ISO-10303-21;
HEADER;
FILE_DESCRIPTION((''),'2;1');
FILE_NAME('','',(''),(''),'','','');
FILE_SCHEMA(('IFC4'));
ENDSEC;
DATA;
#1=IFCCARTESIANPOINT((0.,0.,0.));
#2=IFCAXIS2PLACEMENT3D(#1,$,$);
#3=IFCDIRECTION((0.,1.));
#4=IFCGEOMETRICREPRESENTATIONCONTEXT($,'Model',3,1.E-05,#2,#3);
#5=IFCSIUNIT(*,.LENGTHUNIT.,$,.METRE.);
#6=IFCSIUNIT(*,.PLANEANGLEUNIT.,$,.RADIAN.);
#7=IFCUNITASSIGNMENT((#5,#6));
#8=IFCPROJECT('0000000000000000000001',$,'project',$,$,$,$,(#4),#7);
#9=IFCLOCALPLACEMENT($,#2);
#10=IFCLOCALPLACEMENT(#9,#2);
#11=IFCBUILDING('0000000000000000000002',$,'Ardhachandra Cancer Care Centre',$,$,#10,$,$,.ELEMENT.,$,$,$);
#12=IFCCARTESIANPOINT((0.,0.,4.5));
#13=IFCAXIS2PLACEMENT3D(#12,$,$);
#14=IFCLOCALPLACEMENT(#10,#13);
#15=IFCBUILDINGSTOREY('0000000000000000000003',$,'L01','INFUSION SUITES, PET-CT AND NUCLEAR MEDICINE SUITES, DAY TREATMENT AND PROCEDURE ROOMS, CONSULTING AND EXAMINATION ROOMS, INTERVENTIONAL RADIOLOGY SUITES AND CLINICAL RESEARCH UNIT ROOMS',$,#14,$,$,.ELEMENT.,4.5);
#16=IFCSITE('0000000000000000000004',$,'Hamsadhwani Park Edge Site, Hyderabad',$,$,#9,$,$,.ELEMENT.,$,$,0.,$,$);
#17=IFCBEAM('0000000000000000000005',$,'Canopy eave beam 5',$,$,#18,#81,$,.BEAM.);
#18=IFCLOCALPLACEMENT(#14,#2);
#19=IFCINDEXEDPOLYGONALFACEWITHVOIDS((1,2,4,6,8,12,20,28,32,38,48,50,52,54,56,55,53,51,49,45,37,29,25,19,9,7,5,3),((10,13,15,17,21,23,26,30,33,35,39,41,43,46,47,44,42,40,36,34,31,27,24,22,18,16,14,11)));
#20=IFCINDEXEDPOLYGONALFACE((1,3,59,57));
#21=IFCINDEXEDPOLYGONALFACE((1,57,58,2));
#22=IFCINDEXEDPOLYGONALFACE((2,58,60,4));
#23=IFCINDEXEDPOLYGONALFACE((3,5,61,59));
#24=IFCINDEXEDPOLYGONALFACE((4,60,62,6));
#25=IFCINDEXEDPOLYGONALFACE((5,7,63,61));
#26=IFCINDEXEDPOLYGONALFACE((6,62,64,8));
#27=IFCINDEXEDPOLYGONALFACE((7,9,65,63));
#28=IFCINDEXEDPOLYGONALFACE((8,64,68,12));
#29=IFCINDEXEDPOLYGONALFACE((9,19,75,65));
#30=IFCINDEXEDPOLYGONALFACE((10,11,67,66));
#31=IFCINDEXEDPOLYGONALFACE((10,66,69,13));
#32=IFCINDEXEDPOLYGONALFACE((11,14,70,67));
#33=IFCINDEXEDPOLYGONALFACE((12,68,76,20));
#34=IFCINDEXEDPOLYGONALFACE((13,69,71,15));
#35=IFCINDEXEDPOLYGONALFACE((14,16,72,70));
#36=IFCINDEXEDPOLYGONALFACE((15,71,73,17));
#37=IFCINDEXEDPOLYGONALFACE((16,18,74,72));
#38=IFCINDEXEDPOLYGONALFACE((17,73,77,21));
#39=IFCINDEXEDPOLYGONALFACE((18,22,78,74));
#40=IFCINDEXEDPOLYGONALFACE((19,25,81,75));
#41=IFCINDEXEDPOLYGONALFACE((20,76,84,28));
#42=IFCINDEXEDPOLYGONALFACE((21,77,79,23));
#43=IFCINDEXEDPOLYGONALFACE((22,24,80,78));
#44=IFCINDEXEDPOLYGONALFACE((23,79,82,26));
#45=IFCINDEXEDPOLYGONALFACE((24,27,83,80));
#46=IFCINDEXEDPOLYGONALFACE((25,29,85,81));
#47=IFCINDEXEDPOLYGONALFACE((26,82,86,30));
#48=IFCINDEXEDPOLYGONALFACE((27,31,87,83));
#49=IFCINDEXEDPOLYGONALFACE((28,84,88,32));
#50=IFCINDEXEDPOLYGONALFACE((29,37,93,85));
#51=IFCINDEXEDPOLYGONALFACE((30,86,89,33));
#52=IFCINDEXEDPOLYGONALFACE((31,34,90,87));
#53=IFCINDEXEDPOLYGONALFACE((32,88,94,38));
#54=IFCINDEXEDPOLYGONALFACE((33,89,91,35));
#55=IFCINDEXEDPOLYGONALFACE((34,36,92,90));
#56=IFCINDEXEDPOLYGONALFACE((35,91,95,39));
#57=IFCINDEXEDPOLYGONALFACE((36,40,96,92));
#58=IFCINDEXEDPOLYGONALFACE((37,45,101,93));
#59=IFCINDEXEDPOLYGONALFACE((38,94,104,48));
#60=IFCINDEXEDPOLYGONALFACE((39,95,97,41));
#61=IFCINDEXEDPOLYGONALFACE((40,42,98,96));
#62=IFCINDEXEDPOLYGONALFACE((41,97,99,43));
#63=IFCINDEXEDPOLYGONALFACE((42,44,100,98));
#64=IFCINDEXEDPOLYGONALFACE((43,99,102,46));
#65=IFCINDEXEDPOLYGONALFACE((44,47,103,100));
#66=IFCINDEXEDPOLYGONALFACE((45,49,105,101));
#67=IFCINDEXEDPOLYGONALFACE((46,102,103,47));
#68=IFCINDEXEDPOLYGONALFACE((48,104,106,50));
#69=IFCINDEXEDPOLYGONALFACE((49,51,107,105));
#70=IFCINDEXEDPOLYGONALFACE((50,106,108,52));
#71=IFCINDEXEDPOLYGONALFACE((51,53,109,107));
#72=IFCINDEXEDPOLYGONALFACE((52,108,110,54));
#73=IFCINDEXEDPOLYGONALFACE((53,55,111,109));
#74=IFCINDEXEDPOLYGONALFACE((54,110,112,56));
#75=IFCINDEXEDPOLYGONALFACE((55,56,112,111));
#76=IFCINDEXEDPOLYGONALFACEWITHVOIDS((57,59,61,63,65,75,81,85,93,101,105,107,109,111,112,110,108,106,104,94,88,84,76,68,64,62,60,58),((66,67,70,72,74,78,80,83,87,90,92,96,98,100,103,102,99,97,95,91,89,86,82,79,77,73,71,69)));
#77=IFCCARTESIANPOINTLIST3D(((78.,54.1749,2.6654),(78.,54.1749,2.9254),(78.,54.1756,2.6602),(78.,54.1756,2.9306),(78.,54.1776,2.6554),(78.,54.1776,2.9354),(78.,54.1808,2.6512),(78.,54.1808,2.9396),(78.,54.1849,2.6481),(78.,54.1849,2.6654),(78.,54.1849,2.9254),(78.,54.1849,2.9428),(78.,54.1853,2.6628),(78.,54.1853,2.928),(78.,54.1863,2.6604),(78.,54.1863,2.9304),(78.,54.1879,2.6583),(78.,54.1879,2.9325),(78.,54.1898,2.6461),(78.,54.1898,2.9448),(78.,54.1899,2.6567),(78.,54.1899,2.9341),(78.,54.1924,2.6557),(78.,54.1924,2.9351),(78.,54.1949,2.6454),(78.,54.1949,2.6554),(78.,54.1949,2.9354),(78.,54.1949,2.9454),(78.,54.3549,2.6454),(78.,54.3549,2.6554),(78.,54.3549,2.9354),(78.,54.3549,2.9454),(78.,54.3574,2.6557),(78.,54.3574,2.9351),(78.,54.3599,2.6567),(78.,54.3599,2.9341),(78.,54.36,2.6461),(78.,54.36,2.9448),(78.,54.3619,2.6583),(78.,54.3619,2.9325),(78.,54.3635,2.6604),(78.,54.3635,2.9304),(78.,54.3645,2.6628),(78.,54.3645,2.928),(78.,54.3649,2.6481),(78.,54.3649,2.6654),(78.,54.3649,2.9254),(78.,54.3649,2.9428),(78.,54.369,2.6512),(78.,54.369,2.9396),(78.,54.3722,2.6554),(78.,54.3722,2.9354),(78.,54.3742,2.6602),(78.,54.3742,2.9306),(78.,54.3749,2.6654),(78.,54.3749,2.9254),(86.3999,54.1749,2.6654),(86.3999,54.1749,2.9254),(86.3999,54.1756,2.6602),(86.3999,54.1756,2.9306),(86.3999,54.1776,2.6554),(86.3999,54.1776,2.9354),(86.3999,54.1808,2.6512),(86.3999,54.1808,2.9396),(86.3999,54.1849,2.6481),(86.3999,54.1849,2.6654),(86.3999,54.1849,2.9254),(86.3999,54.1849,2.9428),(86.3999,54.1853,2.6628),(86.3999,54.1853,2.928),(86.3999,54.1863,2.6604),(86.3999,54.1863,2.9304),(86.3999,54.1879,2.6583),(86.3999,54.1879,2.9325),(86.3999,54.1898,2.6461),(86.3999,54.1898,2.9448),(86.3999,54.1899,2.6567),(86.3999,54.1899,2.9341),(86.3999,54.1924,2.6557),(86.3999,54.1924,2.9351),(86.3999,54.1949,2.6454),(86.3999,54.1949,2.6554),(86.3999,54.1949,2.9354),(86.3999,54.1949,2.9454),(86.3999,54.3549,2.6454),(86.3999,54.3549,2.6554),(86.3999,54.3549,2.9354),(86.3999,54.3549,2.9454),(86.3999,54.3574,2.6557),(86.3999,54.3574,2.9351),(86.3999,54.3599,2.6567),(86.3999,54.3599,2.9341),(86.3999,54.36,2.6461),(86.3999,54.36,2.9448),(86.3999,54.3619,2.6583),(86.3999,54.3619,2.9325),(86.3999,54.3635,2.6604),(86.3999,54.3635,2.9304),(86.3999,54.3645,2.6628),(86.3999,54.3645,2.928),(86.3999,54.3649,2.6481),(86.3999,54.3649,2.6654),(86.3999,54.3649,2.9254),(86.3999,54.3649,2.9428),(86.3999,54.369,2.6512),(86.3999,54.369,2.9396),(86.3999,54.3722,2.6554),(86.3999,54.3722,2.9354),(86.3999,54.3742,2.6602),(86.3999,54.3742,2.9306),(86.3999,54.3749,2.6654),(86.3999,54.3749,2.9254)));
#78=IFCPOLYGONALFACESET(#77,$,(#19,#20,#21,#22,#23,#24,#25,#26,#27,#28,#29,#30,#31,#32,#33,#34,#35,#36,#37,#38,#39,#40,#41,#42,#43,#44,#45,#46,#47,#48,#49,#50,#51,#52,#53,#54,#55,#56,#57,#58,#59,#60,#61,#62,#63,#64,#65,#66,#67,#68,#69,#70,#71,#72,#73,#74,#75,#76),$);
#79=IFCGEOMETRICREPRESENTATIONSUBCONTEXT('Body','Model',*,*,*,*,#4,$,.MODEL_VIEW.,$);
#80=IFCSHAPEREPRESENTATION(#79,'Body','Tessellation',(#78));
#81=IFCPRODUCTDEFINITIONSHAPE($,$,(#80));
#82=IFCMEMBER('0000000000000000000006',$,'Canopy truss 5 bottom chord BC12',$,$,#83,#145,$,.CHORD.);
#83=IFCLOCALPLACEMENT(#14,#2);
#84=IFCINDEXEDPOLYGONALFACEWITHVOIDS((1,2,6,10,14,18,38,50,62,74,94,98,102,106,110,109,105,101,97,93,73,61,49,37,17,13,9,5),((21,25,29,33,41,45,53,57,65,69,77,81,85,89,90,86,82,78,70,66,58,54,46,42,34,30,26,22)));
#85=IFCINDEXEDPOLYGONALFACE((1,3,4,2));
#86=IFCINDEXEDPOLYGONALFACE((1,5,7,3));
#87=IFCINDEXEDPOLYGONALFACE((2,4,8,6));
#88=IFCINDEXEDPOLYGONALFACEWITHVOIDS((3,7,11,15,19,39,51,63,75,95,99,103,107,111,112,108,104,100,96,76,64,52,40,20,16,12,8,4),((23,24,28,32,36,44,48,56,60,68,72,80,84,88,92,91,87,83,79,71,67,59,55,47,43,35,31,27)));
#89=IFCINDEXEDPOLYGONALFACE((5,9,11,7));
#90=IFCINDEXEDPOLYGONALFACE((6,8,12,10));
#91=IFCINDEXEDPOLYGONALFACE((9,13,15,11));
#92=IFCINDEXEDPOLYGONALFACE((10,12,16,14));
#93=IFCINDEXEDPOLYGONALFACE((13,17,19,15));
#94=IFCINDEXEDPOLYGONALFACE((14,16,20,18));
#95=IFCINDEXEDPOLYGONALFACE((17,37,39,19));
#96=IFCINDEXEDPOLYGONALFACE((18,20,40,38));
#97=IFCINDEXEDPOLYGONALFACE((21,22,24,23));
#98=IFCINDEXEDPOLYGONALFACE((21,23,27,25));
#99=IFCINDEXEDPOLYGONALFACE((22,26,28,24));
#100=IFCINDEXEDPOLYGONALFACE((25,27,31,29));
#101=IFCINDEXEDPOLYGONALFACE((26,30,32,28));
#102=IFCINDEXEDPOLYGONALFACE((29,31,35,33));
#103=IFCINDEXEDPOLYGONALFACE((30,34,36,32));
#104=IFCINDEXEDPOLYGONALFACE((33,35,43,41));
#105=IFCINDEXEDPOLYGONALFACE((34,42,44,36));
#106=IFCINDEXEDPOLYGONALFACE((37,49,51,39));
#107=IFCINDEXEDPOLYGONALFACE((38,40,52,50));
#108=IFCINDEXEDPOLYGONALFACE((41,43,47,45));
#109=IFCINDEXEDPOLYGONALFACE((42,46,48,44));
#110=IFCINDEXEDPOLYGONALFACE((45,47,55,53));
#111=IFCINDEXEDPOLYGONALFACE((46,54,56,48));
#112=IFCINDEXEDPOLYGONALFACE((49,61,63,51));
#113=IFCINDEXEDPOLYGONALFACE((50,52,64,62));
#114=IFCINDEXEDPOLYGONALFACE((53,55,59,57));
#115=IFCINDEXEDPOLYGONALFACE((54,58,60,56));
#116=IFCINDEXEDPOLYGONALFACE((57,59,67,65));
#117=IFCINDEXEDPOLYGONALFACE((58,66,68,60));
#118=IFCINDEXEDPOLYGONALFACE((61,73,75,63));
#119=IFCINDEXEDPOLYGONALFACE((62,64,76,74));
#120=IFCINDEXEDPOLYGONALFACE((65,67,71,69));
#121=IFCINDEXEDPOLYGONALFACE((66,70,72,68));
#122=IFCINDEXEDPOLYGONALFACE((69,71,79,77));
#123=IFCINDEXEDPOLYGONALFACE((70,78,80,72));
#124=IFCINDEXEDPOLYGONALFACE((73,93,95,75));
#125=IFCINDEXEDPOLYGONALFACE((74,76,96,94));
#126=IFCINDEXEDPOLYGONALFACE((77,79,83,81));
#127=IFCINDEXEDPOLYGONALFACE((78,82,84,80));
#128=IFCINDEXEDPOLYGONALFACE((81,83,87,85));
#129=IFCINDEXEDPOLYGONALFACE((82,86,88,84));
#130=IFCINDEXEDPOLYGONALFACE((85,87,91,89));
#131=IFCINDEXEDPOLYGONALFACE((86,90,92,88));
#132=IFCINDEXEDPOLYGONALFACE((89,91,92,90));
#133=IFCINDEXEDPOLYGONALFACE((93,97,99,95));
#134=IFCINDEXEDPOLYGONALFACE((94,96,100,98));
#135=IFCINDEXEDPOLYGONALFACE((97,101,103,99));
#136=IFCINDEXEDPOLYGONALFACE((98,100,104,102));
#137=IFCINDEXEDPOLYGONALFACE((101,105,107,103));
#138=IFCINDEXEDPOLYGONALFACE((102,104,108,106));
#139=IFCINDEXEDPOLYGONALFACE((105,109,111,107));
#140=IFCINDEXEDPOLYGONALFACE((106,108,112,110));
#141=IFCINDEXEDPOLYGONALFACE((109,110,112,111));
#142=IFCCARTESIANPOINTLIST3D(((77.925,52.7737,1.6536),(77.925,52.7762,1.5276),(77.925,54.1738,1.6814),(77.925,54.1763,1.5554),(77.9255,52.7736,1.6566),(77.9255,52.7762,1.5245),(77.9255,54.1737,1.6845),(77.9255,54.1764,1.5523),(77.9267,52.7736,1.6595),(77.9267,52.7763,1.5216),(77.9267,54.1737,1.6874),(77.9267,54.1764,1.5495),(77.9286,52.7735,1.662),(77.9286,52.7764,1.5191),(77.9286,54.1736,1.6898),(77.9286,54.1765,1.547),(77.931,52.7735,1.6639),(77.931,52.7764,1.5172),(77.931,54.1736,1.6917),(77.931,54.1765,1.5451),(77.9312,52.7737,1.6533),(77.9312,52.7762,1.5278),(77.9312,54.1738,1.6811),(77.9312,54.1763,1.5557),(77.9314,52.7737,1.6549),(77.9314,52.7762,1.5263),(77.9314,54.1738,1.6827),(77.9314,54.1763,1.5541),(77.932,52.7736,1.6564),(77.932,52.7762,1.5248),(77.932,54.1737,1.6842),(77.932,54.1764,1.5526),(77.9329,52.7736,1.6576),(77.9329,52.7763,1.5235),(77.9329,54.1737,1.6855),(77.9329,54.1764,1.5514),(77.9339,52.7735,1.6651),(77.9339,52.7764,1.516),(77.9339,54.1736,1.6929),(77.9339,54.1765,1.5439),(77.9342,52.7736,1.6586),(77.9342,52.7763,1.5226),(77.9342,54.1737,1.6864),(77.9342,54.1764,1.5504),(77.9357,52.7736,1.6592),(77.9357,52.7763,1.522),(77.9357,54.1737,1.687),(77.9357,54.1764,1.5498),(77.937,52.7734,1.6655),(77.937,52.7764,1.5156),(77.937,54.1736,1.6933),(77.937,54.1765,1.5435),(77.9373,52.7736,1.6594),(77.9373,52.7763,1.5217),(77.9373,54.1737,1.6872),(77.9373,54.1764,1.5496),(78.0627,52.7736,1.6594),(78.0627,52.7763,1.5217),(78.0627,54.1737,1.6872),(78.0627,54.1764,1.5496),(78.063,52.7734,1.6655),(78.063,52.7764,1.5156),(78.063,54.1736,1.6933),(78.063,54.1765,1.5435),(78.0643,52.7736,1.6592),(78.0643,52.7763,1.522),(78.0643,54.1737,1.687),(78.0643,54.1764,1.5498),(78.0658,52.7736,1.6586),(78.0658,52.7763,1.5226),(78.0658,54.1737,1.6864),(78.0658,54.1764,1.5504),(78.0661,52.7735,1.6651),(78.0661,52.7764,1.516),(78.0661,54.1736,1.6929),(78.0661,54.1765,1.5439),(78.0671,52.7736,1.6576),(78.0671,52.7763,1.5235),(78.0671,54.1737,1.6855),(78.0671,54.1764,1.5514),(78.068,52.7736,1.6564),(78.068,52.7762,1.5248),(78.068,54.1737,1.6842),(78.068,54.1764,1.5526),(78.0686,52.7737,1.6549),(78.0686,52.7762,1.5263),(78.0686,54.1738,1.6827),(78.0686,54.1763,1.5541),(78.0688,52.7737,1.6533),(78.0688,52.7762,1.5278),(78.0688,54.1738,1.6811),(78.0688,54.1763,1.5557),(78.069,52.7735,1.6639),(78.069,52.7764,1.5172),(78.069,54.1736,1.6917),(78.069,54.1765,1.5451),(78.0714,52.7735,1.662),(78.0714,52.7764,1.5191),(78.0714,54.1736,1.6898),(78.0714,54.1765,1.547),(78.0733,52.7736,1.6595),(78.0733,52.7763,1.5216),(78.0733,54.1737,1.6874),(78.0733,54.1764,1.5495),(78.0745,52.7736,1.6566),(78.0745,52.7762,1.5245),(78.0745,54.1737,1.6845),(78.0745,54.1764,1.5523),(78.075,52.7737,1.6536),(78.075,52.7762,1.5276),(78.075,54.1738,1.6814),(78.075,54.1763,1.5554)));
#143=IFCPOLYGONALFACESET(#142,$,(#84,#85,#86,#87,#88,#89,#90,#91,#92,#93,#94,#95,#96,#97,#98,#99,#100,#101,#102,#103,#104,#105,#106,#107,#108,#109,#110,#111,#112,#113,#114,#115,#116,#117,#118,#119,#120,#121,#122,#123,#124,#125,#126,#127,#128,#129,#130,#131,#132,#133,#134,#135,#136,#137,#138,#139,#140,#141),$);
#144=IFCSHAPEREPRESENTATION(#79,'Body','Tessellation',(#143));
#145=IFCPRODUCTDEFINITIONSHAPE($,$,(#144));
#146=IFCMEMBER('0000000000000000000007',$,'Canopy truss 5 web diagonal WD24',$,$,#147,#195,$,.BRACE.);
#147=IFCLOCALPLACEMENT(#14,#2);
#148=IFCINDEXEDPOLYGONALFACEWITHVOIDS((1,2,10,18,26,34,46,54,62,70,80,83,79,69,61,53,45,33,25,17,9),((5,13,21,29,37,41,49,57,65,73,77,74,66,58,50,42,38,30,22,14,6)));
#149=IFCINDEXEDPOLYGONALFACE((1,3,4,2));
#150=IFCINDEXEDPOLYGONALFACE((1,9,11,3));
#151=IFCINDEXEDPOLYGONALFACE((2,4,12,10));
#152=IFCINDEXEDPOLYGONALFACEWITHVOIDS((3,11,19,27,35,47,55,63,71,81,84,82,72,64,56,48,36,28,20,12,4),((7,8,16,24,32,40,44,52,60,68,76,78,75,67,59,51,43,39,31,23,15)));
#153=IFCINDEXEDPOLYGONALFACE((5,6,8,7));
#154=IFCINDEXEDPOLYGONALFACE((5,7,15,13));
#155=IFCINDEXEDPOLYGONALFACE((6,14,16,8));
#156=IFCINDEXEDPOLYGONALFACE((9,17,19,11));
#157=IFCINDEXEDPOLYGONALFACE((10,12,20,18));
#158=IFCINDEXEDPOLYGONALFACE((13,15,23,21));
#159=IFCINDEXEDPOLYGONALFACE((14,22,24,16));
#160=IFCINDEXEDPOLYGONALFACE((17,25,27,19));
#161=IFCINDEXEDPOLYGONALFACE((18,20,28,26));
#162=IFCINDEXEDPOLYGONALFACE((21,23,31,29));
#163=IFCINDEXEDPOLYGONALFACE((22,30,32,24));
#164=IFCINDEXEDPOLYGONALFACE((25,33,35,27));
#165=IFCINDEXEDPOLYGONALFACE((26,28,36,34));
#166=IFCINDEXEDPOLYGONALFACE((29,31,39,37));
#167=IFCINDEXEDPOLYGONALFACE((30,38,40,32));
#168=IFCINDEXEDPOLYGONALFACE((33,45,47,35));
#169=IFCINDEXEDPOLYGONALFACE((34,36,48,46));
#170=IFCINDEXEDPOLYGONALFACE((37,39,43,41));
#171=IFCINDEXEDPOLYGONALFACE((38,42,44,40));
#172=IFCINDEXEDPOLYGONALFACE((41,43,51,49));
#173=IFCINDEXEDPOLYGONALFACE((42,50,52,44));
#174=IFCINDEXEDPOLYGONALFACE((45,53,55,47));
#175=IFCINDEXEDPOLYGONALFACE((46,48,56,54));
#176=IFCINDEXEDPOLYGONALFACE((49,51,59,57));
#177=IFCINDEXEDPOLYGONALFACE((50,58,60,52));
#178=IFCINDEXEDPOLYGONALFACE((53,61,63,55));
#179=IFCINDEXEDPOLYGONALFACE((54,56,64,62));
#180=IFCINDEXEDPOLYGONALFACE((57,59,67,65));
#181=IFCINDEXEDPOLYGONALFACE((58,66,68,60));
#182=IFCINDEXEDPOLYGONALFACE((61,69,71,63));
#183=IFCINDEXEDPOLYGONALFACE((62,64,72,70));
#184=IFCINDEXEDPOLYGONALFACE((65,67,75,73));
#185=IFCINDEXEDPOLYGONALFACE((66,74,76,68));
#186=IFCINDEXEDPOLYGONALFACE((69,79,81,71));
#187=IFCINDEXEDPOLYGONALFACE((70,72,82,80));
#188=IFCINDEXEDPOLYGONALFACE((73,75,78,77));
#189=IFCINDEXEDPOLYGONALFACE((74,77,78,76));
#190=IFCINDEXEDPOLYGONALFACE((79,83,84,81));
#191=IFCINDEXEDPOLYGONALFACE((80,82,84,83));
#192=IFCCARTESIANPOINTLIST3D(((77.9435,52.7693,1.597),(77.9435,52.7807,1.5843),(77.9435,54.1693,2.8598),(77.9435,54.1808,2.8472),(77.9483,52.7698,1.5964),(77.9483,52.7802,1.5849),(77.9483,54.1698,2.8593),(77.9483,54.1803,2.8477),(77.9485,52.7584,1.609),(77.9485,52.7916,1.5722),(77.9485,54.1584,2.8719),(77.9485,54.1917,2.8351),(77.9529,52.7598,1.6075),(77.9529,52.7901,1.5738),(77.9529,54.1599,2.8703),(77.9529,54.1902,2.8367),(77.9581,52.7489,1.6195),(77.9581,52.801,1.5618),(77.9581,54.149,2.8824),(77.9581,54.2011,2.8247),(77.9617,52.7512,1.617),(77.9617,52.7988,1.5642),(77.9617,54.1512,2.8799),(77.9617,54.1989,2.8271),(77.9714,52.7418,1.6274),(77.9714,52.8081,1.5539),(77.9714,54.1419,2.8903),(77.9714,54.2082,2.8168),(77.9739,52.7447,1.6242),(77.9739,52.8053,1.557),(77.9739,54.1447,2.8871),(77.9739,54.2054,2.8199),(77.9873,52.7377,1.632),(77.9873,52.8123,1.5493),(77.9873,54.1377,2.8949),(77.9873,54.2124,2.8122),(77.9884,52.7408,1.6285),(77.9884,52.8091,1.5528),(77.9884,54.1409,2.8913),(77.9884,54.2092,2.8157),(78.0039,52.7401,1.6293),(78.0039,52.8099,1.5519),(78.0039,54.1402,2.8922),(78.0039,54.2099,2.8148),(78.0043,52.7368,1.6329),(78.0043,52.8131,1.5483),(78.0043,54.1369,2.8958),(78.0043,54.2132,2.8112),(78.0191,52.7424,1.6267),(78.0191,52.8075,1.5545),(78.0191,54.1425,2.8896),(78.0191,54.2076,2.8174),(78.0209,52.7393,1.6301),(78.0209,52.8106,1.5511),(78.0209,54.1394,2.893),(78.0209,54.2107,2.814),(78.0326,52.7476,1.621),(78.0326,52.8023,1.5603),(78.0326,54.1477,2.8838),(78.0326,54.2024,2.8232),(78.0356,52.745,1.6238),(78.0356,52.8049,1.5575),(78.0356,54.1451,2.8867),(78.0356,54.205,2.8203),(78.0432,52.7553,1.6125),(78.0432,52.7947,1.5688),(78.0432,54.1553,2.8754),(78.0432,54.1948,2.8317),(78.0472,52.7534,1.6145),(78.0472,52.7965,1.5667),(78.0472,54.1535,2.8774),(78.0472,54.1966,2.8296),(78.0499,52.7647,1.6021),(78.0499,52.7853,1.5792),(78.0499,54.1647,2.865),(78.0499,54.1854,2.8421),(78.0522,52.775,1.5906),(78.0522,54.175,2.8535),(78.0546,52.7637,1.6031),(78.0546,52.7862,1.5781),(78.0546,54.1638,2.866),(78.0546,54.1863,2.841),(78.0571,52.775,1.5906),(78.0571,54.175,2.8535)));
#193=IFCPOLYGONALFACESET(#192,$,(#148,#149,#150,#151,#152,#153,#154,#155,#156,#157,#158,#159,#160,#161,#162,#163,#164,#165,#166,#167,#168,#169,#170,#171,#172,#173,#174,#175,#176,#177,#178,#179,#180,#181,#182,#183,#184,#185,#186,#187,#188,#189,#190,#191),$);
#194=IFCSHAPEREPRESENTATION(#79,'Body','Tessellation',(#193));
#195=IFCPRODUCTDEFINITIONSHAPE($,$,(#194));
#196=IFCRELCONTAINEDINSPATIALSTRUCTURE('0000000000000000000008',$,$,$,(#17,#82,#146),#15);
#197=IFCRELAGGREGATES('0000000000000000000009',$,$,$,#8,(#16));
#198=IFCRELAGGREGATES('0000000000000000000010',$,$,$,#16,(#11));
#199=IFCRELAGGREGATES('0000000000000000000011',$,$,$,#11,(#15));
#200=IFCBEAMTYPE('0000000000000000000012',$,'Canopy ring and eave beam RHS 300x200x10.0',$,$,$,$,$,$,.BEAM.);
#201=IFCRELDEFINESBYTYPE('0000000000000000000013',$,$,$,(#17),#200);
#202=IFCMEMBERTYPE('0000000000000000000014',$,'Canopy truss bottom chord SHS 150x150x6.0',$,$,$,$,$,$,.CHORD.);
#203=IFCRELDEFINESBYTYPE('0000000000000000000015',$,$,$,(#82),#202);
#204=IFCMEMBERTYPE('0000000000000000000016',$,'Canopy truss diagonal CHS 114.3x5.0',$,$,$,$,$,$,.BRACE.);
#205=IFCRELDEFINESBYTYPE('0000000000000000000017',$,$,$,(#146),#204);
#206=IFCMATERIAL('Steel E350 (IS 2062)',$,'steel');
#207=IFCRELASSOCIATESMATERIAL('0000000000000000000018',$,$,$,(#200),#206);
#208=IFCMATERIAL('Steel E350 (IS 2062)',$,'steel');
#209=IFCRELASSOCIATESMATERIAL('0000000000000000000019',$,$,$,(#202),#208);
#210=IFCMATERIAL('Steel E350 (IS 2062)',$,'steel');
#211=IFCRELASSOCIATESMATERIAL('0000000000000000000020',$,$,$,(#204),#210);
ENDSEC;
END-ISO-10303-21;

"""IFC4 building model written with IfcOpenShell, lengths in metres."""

from ifc_helpers import new_model, si_unit, direction, frame, origin, origin_2d, place, context, subcontext, project, spatial, hollow_rectangle, hollow_circle, extrude, material, material_profile, profile_set, type_object, element, save


model = new_model("IFC4")

# Units and contexts
model_context = context("Model", 3, precision=1e-05, world=origin(), true_north=direction((0.0, 1.0)))
body_context = subcontext(model_context, "Body", "Model", "MODEL_VIEW")
ifc_project = project(units=[si_unit("LENGTHUNIT", "METRE"), si_unit("PLANEANGLEUNIT", "RADIAN")], contexts=[model_context])

# Site, building, storey
site_placement = place(None, origin())
site = spatial("IfcSite", under=ifc_project, at=site_placement, Name="Hamsadhwani Park Edge Site, Hyderabad", CompositionType="ELEMENT", RefElevation=0.0)
building_placement = place(site_placement, origin())
building = spatial("IfcBuilding", under=site, at=building_placement, Name="Ardhachandra Cancer Care Centre", CompositionType="ELEMENT")
storey_placement = place(building_placement, frame((0.0, 0.0, 4.5)))
storey = spatial("IfcBuildingStorey", under=building, at=storey_placement, Name="L01", Description="INFUSION SUITES, PET-CT AND NUCLEAR MEDICINE SUITES, DAY TREATMENT AND PROCEDURE ROOMS, CONSULTING AND EXAMINATION ROOMS, INTERVENTIONAL RADIOLOGY SUITES AND CLINICAL RESEARCH UNIT ROOMS", CompositionType="ELEMENT", Elevation=4.5)

# Beam
ifc_material_1 = material(Name="Steel E350 (IS 2062)", Category="steel")
ifc_material_profile_1 = material_profile(ifc_material_1, hollow_rectangle(XDim=0.2, YDim=0.3, WallThickness=0.01, InnerFilletRadius=0.01, OuterFilletRadius=0.02, at=origin_2d()), Name="RHS 300x200x10.0")
ifc_profile_set_1 = profile_set([ifc_material_profile_1], Name="Steel E350 (IS 2062)")
beam_type = type_object("IfcBeamType", Name="Canopy ring and eave beam RHS 300x200x10.0", PredefinedType="BEAM", material=ifc_profile_set_1)
beam_placement = place(storey_placement, frame((78.0, 54.2749, 2.7954), z_axis=(1.0, 0.0, 0.0), x_axis=(0.0, 1.0, 0.0)))
element("IfcBeam", 1, at=beam_placement, inside=storey, type_object=beam_type, Name="Canopy eave beam 5", PredefinedType="BEAM", context=body_context, shape_type="SweptSolid", body=[
    extrude(hollow_rectangle(XDim=0.2, YDim=0.3, WallThickness=0.01, InnerFilletRadius=0.01, OuterFilletRadius=0.02, at=origin_2d()), origin(), (0.0, 0.0, 1.0), 8.3999),
])

# Members
ifc_material_2 = material(Name="Steel E350 (IS 2062)", Category="steel")
ifc_material_profile_2 = material_profile(ifc_material_2, hollow_rectangle(XDim=0.1499, YDim=0.1499, WallThickness=0.0061, InnerFilletRadius=0.0061, OuterFilletRadius=0.012, at=origin_2d()), Name="SHS 150x150x6.0")
ifc_profile_set_2 = profile_set([ifc_material_profile_2], Name="Steel E350 (IS 2062)")
member_type_1 = type_object("IfcMemberType", Name="Canopy truss bottom chord SHS 150x150x6.0", PredefinedType="CHORD", material=ifc_profile_set_2)
member_1_placement = place(storey_placement, frame((78.0, 54.175, 1.6184), z_axis=(0.0, -0.999802, -0.019874), x_axis=(1.0, 0.0, 0.0)))
element("IfcMember", 2, at=member_1_placement, inside=storey, type_object=member_type_1, Name="Canopy truss 5 bottom chord BC12", PredefinedType="CHORD", context=body_context, shape_type="SweptSolid", body=[
    extrude(hollow_rectangle(XDim=0.1499, YDim=0.1499, WallThickness=0.0061, InnerFilletRadius=0.0061, OuterFilletRadius=0.012, at=origin_2d()), origin(), (0.0, 0.0, 1.0), 1.4004),
])
ifc_material_3 = material(Name="Steel E350 (IS 2062)", Category="steel")
ifc_material_profile_3 = material_profile(ifc_material_3, hollow_circle(Radius=0.0571, WallThickness=0.0049, at=origin_2d()), Name="CHS 114.3x5.0")
ifc_profile_set_3 = profile_set([ifc_material_profile_3], Name="Steel E350 (IS 2062)")
member_type_2 = type_object("IfcMemberType", Name="Canopy truss diagonal CHS 114.3x5.0", PredefinedType="BRACE", material=ifc_profile_set_3)
member_2_placement = place(storey_placement, frame((78.0, 54.175, 2.8535), z_axis=(0.0, -0.742553, -0.669787), x_axis=(1.0, 0.0, 0.0)))
element("IfcMember", 3, at=member_2_placement, inside=storey, type_object=member_type_2, Name="Canopy truss 5 web diagonal WD24", PredefinedType="BRACE", context=body_context, shape_type="SweptSolid", body=[
    extrude(hollow_circle(Radius=0.0571, WallThickness=0.0049, at=origin_2d()), origin(), (0.0, 0.0, 1.0), 1.8855),
])

save(model, "model.ifc")
